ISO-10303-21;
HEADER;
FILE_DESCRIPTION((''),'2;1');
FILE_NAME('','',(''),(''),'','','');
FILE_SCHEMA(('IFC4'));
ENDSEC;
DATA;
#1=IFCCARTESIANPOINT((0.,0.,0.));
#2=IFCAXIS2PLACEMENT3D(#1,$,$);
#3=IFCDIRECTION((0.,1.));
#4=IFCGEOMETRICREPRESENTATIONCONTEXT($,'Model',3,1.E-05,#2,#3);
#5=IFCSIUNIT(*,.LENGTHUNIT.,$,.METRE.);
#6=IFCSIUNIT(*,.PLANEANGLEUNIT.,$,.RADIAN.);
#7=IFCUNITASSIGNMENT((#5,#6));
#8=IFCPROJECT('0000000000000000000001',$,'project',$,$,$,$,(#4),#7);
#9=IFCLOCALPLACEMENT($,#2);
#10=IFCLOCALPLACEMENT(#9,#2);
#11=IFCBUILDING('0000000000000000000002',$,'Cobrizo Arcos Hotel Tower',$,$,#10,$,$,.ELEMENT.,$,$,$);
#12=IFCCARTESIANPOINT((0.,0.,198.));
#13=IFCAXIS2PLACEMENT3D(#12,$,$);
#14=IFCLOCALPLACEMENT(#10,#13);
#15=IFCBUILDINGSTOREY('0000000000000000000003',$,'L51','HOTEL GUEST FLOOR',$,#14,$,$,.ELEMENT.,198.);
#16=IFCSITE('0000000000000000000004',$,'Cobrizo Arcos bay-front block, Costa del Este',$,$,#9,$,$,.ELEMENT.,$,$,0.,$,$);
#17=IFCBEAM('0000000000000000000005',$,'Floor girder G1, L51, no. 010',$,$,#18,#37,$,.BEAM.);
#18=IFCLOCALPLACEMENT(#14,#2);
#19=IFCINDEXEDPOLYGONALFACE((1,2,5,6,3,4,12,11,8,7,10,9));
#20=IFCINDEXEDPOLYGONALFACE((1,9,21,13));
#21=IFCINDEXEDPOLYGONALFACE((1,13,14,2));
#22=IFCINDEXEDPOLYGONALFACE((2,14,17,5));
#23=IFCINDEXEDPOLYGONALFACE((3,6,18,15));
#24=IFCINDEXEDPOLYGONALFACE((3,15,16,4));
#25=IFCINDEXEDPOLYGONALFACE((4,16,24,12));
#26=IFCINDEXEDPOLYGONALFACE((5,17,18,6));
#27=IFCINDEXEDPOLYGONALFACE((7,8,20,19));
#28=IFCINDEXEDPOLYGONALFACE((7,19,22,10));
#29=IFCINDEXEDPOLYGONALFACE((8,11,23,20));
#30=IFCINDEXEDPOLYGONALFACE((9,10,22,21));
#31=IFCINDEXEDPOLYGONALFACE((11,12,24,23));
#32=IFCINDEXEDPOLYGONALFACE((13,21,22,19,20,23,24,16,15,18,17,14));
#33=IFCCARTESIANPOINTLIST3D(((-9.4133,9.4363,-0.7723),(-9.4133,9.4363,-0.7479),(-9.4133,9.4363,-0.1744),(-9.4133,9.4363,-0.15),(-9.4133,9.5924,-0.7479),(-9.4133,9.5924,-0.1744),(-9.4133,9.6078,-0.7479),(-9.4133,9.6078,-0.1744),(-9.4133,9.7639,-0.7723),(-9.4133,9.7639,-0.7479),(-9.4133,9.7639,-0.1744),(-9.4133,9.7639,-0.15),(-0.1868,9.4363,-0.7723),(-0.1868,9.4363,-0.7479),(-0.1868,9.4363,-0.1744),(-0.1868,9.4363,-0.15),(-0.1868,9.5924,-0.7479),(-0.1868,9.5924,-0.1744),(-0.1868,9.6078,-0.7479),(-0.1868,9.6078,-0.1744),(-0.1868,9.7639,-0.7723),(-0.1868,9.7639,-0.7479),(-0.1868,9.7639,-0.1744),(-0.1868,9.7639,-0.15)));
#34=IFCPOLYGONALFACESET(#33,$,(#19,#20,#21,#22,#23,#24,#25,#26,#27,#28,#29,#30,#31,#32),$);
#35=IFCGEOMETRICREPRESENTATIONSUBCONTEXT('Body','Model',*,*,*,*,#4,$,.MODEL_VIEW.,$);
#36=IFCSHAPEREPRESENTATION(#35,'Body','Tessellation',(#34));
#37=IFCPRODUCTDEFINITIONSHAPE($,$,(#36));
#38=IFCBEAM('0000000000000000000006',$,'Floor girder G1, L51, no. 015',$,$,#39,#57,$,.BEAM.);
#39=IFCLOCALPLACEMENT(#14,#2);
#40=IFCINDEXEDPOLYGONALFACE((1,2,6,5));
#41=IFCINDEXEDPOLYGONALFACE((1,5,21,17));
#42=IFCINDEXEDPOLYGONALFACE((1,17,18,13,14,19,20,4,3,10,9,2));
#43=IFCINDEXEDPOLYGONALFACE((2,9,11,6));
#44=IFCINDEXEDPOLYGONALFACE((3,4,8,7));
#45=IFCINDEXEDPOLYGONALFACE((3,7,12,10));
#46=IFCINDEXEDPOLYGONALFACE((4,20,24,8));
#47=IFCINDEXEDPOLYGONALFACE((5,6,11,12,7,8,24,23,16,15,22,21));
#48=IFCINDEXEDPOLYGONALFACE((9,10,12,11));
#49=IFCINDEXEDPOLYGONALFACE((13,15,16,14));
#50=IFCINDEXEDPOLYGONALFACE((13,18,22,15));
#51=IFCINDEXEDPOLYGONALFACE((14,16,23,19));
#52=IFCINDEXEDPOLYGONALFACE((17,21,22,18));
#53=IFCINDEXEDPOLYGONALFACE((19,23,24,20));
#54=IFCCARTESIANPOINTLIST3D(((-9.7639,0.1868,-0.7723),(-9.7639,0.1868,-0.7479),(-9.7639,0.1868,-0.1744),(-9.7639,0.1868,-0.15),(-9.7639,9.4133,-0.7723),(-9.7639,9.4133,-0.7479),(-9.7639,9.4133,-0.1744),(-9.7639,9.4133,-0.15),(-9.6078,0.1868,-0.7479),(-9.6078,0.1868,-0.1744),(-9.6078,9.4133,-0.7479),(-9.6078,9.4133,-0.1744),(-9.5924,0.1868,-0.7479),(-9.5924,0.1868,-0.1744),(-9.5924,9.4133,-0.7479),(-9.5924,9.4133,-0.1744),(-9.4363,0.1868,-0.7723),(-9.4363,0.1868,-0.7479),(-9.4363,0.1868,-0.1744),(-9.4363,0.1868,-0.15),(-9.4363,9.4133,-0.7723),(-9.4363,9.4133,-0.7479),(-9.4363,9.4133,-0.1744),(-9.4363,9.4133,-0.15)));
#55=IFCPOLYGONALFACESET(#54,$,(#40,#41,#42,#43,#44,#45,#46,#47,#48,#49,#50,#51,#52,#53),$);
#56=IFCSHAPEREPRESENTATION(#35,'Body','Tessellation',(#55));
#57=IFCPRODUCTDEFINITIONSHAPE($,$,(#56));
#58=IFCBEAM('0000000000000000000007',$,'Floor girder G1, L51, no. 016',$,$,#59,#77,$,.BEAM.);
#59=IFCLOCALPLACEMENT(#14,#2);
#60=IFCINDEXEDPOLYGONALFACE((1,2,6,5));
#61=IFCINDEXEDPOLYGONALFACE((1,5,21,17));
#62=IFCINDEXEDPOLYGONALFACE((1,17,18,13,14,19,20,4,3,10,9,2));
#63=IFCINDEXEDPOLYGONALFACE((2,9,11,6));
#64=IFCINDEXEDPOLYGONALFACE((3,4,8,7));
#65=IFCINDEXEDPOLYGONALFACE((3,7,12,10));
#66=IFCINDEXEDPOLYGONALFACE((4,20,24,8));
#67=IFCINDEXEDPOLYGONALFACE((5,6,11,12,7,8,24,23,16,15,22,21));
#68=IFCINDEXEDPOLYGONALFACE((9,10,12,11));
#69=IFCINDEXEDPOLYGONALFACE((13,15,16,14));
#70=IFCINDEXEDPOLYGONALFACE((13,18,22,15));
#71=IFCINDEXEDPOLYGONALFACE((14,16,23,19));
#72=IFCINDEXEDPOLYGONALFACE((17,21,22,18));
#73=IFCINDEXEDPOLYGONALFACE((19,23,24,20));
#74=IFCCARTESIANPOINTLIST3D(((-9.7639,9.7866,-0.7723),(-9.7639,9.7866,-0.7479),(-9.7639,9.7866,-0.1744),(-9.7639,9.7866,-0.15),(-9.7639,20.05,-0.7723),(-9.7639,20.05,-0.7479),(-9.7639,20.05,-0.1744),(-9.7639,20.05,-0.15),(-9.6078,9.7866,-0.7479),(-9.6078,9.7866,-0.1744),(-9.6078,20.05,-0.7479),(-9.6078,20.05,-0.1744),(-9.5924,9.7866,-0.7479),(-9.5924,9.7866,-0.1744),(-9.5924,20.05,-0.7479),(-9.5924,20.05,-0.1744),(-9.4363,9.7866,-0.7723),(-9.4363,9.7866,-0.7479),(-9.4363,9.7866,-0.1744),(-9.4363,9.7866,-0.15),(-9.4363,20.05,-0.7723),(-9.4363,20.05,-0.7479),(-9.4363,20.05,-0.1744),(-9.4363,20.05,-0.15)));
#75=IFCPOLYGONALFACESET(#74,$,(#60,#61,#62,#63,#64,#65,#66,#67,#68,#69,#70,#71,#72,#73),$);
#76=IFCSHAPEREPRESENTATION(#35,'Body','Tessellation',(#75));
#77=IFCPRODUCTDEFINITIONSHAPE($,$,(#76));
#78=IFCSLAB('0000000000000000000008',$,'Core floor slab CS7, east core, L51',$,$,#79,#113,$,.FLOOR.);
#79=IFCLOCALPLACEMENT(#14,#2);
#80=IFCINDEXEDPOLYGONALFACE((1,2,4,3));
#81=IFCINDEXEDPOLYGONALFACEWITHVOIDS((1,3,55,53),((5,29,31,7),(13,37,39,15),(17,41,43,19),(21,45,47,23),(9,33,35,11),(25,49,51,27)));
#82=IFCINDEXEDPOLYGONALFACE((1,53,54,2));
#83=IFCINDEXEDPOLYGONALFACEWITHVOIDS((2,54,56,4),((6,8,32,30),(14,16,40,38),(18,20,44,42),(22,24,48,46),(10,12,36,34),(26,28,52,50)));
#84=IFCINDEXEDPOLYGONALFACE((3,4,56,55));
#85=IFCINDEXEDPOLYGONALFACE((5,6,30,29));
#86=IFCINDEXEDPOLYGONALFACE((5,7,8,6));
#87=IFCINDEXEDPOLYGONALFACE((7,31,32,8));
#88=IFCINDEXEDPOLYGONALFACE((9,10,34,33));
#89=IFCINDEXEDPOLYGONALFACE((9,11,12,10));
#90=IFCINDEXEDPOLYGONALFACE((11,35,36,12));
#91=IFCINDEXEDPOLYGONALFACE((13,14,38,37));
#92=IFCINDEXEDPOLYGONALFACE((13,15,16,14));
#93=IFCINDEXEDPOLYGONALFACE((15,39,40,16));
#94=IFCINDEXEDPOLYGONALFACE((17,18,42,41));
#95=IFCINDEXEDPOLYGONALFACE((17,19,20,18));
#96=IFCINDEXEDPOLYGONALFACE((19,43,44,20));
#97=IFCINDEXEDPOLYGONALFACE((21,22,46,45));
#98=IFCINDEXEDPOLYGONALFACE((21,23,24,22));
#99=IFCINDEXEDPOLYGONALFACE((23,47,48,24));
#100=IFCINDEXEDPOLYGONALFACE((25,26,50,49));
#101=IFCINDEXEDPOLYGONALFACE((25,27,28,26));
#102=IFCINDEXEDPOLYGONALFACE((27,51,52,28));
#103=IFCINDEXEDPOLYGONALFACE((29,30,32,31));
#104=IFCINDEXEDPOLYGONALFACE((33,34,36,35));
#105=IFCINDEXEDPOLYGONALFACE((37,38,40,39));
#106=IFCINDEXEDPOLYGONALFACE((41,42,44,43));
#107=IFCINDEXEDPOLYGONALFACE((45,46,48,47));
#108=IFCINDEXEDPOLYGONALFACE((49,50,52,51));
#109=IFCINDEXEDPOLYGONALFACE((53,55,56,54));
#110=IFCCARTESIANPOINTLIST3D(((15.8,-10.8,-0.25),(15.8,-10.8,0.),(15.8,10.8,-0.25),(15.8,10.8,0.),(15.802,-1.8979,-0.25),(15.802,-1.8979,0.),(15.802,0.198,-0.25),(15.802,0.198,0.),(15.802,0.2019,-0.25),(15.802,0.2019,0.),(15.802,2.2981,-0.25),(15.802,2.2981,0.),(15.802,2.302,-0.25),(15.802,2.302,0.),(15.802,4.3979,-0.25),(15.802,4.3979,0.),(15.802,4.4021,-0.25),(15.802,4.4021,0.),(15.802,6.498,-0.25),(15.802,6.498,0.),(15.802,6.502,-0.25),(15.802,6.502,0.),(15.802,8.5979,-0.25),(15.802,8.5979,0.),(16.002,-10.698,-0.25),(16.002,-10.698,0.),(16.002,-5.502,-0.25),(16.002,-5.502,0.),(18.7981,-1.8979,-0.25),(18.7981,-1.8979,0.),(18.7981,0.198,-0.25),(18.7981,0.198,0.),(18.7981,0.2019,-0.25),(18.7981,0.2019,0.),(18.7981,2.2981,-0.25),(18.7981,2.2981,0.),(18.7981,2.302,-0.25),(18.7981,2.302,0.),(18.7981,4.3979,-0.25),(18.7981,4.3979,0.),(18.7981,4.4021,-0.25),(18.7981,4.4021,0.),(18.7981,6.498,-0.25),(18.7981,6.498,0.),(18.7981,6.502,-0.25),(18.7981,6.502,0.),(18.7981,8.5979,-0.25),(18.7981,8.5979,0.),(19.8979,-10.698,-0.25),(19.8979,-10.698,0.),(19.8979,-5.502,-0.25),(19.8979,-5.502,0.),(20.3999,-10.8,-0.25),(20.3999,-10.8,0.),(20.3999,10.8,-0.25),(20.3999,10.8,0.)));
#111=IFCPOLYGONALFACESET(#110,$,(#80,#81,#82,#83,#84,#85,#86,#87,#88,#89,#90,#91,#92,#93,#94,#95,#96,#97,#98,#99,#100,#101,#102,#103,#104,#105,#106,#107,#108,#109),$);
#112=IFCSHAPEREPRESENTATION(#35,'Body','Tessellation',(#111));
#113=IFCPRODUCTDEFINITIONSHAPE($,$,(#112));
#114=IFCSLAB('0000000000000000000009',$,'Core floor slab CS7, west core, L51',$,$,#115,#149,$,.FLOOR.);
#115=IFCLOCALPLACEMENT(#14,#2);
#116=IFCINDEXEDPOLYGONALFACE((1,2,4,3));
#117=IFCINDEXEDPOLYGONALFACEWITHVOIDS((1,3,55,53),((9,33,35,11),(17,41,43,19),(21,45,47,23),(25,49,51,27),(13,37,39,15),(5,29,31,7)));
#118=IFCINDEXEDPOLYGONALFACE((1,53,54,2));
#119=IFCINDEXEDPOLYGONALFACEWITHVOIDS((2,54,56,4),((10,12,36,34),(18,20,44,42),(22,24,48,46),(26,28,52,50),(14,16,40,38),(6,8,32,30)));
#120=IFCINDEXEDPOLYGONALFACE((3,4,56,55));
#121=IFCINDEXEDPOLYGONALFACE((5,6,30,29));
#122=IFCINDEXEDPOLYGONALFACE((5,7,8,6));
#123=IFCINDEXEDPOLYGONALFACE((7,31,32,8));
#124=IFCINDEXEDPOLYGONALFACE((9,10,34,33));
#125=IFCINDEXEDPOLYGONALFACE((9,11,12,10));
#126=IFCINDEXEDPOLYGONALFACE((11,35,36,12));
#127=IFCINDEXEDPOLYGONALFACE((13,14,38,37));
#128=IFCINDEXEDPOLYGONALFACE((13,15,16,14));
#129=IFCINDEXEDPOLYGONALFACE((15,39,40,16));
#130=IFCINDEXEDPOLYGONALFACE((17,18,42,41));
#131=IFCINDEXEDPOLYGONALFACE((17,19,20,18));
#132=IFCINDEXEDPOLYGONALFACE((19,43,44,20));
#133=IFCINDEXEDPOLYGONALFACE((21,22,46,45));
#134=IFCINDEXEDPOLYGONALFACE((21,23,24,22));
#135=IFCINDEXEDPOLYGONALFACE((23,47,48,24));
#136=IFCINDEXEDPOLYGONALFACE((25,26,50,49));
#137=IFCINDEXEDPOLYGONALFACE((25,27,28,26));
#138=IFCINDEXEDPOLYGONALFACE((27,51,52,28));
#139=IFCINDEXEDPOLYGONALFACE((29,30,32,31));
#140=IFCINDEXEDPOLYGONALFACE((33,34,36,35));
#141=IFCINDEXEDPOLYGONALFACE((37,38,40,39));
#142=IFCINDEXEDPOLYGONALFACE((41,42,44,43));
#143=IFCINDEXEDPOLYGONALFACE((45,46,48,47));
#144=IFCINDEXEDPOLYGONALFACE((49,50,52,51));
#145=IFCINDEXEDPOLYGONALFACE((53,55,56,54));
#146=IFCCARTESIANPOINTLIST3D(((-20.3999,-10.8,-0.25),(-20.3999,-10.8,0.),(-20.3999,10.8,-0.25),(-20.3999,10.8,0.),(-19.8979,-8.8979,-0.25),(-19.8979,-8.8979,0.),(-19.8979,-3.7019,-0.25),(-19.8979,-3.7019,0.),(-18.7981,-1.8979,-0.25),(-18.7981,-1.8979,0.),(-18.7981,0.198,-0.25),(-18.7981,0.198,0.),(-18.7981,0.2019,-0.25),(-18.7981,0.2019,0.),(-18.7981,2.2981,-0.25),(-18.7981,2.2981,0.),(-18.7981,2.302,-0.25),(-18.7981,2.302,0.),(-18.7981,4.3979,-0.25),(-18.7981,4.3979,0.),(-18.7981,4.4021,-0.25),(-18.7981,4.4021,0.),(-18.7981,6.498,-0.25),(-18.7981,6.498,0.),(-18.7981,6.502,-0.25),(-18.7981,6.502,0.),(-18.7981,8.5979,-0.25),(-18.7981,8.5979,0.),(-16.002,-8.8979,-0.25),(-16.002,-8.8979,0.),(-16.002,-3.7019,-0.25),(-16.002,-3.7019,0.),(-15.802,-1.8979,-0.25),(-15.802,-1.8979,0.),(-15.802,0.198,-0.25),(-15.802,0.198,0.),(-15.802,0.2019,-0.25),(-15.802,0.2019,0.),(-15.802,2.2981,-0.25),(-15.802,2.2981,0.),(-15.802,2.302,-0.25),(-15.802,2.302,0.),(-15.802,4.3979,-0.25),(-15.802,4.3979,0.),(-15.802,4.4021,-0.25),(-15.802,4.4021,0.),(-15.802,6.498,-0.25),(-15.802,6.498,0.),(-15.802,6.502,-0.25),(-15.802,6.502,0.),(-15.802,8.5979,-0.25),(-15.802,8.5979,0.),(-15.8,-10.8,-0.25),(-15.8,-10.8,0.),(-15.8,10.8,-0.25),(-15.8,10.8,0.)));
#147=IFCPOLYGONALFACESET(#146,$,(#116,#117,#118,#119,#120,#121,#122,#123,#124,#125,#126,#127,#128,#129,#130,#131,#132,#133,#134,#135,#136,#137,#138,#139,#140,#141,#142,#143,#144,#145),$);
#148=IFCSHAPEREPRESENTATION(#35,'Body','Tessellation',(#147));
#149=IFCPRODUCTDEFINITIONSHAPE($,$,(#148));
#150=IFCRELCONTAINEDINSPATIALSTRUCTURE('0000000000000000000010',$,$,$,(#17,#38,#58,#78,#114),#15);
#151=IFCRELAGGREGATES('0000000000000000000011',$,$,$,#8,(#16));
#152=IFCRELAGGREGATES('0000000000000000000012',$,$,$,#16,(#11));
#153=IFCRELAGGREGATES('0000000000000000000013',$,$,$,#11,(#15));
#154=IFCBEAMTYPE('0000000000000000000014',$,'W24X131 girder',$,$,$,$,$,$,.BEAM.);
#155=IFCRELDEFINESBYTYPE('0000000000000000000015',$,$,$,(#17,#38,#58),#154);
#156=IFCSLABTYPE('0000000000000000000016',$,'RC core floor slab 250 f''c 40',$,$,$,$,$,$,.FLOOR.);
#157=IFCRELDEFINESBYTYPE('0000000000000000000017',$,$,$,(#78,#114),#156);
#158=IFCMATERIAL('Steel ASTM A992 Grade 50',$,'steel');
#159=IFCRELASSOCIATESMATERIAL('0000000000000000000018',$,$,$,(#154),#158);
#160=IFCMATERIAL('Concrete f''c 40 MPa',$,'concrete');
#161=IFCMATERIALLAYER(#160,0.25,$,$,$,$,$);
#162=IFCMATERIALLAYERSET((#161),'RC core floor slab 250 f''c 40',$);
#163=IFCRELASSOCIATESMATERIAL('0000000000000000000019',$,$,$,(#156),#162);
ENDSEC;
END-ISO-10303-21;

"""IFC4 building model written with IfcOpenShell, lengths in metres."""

from ifc_helpers import new_model, si_unit, direction, frame, origin, origin_2d, place, context, subcontext, project, spatial, polyline, i_section, outline, extrude, material, layer, layer_set, material_profile, profile_set, type_object, element, save


model = new_model("IFC4")

# Units and contexts
model_context = context("Model", 3, precision=1e-05, world=origin(), true_north=direction((0.0, 1.0)))
body_context = subcontext(model_context, "Body", "Model", "MODEL_VIEW")
ifc_project = project(units=[si_unit("LENGTHUNIT", "METRE"), si_unit("PLANEANGLEUNIT", "RADIAN")], contexts=[model_context])

# Site, building, storey
site_placement = place(None, origin())
site = spatial("IfcSite", under=ifc_project, at=site_placement, Name="Cobrizo Arcos bay-front block, Costa del Este", CompositionType="ELEMENT", RefElevation=0.0)
building_placement = place(site_placement, origin())
building = spatial("IfcBuilding", under=site, at=building_placement, Name="Cobrizo Arcos Hotel Tower", CompositionType="ELEMENT")
storey_placement = place(building_placement, frame((0.0, 0.0, 198.0)))
storey = spatial("IfcBuildingStorey", under=building, at=storey_placement, Name="L51", Description="HOTEL GUEST FLOOR", CompositionType="ELEMENT", Elevation=198.0)

# Shared definitions
ifc_material_1 = material(Name="Steel ASTM A992 Grade 50", Category="steel")

# Beams
ifc_material_profile_1 = material_profile(ifc_material_1, i_section(OverallWidth=0.3276, OverallDepth=0.6223, WebThickness=0.0154, FlangeThickness=0.0244, at=origin_2d()), Name="W24X131")
ifc_profile_set_1 = profile_set([ifc_material_profile_1], Name="Steel ASTM A992 Grade 50")
beam_type_1 = type_object("IfcBeamType", Name="W24X131 girder", PredefinedType="BEAM", material=ifc_profile_set_1)
for number, where, z_axis, x_axis, name in (
    (1, (-9.4133, 9.6001, -0.4612), (1.0, 0.0, 0.0), (0.0, 1.0, 0.0), "Floor girder G1, L51, no. 010"),
    (2, (-9.6001, 0.1868, -0.4612), (0.0, 1.0, 0.0), (-1.0, 0.0, 0.0), "Floor girder G1, L51, no. 015"),
):
    element("IfcBeam", number, at=place(storey_placement, frame(where, z_axis=z_axis, x_axis=x_axis)), inside=storey, type_object=beam_type_1, Name=name, PredefinedType="BEAM", context=body_context, shape_type="SweptSolid", body=[
        extrude(i_section(OverallWidth=0.3276, OverallDepth=0.6223, WebThickness=0.0154, FlangeThickness=0.0244, at=origin_2d()), origin(), (0.0, 0.0, 1.0), 9.2266),
    ])
beam_1_placement = place(storey_placement, frame((-9.6001, 9.7866, -0.4612), z_axis=(0.0, 1.0, 0.0), x_axis=(-1.0, 0.0, 0.0)))
element("IfcBeam", 3, at=beam_1_placement, inside=storey, type_object=beam_type_1, Name="Floor girder G1, L51, no. 016", PredefinedType="BEAM", context=body_context, shape_type="SweptSolid", body=[
    extrude(i_section(OverallWidth=0.3276, OverallDepth=0.6223, WebThickness=0.0154, FlangeThickness=0.0244, at=origin_2d()), origin(), (0.0, 0.0, 1.0), 10.2634),
])

# Slabs
ifc_material_2 = material(Name="Concrete f'c 40 MPa", Category="concrete")
ifc_layer_1 = layer(ifc_material_2, 0.25)
ifc_layer_set_1 = layer_set([ifc_layer_1], Name="RC core floor slab 250 f'c 40")
slab_type_1 = type_object("IfcSlabType", Name="RC core floor slab 250 f'c 40", PredefinedType="FLOOR", material=ifc_layer_set_1)
slab_1_placement = place(storey_placement, frame((0.0, 0.0, -0.25)))
element("IfcSlab", 4, at=slab_1_placement, inside=storey, type_object=slab_type_1, Name="Core floor slab CS7, east core, L51", PredefinedType="FLOOR", context=body_context, shape_type="SweptSolid", body=[
    extrude(outline(polyline([(15.8, 10.8), (20.3999, 10.8), (20.3999, -10.8), (15.8, -10.8), (15.8, 10.8)]), holes=[polyline([(19.8979, -10.698), (19.8979, -5.502), (16.002, -5.502), (16.002, -10.698), (19.8979, -10.698)]), polyline([(15.802, 0.198), (15.802, -1.8979), (18.7981, -1.8979), (18.7981, 0.198), (15.802, 0.198)]), polyline([(15.802, 2.2981), (15.802, 0.2019), (18.7981, 0.2019), (18.7981, 2.2981), (15.802, 2.2981)]), polyline([(15.802, 4.3979), (15.802, 2.302), (18.7981, 2.302), (18.7981, 4.3979), (15.802, 4.3979)]), polyline([(18.7981, 6.498), (15.802, 6.498), (15.802, 4.4021), (18.7981, 4.4021), (18.7981, 6.498)]), polyline([(18.7981, 8.5979), (15.802, 8.5979), (15.802, 6.502), (18.7981, 6.502), (18.7981, 8.5979)])]), origin(), (0.0, 0.0, 1.0), 0.25),
])
slab_2_placement = place(storey_placement, frame((0.0, 0.0, -0.25)))
element("IfcSlab", 5, at=slab_2_placement, inside=storey, type_object=slab_type_1, Name="Core floor slab CS7, west core, L51", PredefinedType="FLOOR", context=body_context, shape_type="SweptSolid", body=[
    extrude(outline(polyline([(-20.3999, 10.8), (-15.8, 10.8), (-15.8, -10.8), (-20.3999, -10.8), (-20.3999, 10.8)]), holes=[polyline([(-19.8979, -3.7019), (-19.8979, -8.8979), (-16.002, -8.8979), (-16.002, -3.7019), (-19.8979, -3.7019)]), polyline([(-18.7981, 0.198), (-18.7981, -1.8979), (-15.802, -1.8979), (-15.802, 0.198), (-18.7981, 0.198)]), polyline([(-18.7981, 2.2981), (-18.7981, 0.2019), (-15.802, 0.2019), (-15.802, 2.2981), (-18.7981, 2.2981)]), polyline([(-18.7981, 4.3979), (-18.7981, 2.302), (-15.802, 2.302), (-15.802, 4.3979), (-18.7981, 4.3979)]), polyline([(-15.802, 6.498), (-18.7981, 6.498), (-18.7981, 4.4021), (-15.802, 4.4021), (-15.802, 6.498)]), polyline([(-15.802, 8.5979), (-18.7981, 8.5979), (-18.7981, 6.502), (-15.802, 6.502), (-15.802, 8.5979)])]), origin(), (0.0, 0.0, 1.0), 0.25),
])

save(model, "model.ifc")
